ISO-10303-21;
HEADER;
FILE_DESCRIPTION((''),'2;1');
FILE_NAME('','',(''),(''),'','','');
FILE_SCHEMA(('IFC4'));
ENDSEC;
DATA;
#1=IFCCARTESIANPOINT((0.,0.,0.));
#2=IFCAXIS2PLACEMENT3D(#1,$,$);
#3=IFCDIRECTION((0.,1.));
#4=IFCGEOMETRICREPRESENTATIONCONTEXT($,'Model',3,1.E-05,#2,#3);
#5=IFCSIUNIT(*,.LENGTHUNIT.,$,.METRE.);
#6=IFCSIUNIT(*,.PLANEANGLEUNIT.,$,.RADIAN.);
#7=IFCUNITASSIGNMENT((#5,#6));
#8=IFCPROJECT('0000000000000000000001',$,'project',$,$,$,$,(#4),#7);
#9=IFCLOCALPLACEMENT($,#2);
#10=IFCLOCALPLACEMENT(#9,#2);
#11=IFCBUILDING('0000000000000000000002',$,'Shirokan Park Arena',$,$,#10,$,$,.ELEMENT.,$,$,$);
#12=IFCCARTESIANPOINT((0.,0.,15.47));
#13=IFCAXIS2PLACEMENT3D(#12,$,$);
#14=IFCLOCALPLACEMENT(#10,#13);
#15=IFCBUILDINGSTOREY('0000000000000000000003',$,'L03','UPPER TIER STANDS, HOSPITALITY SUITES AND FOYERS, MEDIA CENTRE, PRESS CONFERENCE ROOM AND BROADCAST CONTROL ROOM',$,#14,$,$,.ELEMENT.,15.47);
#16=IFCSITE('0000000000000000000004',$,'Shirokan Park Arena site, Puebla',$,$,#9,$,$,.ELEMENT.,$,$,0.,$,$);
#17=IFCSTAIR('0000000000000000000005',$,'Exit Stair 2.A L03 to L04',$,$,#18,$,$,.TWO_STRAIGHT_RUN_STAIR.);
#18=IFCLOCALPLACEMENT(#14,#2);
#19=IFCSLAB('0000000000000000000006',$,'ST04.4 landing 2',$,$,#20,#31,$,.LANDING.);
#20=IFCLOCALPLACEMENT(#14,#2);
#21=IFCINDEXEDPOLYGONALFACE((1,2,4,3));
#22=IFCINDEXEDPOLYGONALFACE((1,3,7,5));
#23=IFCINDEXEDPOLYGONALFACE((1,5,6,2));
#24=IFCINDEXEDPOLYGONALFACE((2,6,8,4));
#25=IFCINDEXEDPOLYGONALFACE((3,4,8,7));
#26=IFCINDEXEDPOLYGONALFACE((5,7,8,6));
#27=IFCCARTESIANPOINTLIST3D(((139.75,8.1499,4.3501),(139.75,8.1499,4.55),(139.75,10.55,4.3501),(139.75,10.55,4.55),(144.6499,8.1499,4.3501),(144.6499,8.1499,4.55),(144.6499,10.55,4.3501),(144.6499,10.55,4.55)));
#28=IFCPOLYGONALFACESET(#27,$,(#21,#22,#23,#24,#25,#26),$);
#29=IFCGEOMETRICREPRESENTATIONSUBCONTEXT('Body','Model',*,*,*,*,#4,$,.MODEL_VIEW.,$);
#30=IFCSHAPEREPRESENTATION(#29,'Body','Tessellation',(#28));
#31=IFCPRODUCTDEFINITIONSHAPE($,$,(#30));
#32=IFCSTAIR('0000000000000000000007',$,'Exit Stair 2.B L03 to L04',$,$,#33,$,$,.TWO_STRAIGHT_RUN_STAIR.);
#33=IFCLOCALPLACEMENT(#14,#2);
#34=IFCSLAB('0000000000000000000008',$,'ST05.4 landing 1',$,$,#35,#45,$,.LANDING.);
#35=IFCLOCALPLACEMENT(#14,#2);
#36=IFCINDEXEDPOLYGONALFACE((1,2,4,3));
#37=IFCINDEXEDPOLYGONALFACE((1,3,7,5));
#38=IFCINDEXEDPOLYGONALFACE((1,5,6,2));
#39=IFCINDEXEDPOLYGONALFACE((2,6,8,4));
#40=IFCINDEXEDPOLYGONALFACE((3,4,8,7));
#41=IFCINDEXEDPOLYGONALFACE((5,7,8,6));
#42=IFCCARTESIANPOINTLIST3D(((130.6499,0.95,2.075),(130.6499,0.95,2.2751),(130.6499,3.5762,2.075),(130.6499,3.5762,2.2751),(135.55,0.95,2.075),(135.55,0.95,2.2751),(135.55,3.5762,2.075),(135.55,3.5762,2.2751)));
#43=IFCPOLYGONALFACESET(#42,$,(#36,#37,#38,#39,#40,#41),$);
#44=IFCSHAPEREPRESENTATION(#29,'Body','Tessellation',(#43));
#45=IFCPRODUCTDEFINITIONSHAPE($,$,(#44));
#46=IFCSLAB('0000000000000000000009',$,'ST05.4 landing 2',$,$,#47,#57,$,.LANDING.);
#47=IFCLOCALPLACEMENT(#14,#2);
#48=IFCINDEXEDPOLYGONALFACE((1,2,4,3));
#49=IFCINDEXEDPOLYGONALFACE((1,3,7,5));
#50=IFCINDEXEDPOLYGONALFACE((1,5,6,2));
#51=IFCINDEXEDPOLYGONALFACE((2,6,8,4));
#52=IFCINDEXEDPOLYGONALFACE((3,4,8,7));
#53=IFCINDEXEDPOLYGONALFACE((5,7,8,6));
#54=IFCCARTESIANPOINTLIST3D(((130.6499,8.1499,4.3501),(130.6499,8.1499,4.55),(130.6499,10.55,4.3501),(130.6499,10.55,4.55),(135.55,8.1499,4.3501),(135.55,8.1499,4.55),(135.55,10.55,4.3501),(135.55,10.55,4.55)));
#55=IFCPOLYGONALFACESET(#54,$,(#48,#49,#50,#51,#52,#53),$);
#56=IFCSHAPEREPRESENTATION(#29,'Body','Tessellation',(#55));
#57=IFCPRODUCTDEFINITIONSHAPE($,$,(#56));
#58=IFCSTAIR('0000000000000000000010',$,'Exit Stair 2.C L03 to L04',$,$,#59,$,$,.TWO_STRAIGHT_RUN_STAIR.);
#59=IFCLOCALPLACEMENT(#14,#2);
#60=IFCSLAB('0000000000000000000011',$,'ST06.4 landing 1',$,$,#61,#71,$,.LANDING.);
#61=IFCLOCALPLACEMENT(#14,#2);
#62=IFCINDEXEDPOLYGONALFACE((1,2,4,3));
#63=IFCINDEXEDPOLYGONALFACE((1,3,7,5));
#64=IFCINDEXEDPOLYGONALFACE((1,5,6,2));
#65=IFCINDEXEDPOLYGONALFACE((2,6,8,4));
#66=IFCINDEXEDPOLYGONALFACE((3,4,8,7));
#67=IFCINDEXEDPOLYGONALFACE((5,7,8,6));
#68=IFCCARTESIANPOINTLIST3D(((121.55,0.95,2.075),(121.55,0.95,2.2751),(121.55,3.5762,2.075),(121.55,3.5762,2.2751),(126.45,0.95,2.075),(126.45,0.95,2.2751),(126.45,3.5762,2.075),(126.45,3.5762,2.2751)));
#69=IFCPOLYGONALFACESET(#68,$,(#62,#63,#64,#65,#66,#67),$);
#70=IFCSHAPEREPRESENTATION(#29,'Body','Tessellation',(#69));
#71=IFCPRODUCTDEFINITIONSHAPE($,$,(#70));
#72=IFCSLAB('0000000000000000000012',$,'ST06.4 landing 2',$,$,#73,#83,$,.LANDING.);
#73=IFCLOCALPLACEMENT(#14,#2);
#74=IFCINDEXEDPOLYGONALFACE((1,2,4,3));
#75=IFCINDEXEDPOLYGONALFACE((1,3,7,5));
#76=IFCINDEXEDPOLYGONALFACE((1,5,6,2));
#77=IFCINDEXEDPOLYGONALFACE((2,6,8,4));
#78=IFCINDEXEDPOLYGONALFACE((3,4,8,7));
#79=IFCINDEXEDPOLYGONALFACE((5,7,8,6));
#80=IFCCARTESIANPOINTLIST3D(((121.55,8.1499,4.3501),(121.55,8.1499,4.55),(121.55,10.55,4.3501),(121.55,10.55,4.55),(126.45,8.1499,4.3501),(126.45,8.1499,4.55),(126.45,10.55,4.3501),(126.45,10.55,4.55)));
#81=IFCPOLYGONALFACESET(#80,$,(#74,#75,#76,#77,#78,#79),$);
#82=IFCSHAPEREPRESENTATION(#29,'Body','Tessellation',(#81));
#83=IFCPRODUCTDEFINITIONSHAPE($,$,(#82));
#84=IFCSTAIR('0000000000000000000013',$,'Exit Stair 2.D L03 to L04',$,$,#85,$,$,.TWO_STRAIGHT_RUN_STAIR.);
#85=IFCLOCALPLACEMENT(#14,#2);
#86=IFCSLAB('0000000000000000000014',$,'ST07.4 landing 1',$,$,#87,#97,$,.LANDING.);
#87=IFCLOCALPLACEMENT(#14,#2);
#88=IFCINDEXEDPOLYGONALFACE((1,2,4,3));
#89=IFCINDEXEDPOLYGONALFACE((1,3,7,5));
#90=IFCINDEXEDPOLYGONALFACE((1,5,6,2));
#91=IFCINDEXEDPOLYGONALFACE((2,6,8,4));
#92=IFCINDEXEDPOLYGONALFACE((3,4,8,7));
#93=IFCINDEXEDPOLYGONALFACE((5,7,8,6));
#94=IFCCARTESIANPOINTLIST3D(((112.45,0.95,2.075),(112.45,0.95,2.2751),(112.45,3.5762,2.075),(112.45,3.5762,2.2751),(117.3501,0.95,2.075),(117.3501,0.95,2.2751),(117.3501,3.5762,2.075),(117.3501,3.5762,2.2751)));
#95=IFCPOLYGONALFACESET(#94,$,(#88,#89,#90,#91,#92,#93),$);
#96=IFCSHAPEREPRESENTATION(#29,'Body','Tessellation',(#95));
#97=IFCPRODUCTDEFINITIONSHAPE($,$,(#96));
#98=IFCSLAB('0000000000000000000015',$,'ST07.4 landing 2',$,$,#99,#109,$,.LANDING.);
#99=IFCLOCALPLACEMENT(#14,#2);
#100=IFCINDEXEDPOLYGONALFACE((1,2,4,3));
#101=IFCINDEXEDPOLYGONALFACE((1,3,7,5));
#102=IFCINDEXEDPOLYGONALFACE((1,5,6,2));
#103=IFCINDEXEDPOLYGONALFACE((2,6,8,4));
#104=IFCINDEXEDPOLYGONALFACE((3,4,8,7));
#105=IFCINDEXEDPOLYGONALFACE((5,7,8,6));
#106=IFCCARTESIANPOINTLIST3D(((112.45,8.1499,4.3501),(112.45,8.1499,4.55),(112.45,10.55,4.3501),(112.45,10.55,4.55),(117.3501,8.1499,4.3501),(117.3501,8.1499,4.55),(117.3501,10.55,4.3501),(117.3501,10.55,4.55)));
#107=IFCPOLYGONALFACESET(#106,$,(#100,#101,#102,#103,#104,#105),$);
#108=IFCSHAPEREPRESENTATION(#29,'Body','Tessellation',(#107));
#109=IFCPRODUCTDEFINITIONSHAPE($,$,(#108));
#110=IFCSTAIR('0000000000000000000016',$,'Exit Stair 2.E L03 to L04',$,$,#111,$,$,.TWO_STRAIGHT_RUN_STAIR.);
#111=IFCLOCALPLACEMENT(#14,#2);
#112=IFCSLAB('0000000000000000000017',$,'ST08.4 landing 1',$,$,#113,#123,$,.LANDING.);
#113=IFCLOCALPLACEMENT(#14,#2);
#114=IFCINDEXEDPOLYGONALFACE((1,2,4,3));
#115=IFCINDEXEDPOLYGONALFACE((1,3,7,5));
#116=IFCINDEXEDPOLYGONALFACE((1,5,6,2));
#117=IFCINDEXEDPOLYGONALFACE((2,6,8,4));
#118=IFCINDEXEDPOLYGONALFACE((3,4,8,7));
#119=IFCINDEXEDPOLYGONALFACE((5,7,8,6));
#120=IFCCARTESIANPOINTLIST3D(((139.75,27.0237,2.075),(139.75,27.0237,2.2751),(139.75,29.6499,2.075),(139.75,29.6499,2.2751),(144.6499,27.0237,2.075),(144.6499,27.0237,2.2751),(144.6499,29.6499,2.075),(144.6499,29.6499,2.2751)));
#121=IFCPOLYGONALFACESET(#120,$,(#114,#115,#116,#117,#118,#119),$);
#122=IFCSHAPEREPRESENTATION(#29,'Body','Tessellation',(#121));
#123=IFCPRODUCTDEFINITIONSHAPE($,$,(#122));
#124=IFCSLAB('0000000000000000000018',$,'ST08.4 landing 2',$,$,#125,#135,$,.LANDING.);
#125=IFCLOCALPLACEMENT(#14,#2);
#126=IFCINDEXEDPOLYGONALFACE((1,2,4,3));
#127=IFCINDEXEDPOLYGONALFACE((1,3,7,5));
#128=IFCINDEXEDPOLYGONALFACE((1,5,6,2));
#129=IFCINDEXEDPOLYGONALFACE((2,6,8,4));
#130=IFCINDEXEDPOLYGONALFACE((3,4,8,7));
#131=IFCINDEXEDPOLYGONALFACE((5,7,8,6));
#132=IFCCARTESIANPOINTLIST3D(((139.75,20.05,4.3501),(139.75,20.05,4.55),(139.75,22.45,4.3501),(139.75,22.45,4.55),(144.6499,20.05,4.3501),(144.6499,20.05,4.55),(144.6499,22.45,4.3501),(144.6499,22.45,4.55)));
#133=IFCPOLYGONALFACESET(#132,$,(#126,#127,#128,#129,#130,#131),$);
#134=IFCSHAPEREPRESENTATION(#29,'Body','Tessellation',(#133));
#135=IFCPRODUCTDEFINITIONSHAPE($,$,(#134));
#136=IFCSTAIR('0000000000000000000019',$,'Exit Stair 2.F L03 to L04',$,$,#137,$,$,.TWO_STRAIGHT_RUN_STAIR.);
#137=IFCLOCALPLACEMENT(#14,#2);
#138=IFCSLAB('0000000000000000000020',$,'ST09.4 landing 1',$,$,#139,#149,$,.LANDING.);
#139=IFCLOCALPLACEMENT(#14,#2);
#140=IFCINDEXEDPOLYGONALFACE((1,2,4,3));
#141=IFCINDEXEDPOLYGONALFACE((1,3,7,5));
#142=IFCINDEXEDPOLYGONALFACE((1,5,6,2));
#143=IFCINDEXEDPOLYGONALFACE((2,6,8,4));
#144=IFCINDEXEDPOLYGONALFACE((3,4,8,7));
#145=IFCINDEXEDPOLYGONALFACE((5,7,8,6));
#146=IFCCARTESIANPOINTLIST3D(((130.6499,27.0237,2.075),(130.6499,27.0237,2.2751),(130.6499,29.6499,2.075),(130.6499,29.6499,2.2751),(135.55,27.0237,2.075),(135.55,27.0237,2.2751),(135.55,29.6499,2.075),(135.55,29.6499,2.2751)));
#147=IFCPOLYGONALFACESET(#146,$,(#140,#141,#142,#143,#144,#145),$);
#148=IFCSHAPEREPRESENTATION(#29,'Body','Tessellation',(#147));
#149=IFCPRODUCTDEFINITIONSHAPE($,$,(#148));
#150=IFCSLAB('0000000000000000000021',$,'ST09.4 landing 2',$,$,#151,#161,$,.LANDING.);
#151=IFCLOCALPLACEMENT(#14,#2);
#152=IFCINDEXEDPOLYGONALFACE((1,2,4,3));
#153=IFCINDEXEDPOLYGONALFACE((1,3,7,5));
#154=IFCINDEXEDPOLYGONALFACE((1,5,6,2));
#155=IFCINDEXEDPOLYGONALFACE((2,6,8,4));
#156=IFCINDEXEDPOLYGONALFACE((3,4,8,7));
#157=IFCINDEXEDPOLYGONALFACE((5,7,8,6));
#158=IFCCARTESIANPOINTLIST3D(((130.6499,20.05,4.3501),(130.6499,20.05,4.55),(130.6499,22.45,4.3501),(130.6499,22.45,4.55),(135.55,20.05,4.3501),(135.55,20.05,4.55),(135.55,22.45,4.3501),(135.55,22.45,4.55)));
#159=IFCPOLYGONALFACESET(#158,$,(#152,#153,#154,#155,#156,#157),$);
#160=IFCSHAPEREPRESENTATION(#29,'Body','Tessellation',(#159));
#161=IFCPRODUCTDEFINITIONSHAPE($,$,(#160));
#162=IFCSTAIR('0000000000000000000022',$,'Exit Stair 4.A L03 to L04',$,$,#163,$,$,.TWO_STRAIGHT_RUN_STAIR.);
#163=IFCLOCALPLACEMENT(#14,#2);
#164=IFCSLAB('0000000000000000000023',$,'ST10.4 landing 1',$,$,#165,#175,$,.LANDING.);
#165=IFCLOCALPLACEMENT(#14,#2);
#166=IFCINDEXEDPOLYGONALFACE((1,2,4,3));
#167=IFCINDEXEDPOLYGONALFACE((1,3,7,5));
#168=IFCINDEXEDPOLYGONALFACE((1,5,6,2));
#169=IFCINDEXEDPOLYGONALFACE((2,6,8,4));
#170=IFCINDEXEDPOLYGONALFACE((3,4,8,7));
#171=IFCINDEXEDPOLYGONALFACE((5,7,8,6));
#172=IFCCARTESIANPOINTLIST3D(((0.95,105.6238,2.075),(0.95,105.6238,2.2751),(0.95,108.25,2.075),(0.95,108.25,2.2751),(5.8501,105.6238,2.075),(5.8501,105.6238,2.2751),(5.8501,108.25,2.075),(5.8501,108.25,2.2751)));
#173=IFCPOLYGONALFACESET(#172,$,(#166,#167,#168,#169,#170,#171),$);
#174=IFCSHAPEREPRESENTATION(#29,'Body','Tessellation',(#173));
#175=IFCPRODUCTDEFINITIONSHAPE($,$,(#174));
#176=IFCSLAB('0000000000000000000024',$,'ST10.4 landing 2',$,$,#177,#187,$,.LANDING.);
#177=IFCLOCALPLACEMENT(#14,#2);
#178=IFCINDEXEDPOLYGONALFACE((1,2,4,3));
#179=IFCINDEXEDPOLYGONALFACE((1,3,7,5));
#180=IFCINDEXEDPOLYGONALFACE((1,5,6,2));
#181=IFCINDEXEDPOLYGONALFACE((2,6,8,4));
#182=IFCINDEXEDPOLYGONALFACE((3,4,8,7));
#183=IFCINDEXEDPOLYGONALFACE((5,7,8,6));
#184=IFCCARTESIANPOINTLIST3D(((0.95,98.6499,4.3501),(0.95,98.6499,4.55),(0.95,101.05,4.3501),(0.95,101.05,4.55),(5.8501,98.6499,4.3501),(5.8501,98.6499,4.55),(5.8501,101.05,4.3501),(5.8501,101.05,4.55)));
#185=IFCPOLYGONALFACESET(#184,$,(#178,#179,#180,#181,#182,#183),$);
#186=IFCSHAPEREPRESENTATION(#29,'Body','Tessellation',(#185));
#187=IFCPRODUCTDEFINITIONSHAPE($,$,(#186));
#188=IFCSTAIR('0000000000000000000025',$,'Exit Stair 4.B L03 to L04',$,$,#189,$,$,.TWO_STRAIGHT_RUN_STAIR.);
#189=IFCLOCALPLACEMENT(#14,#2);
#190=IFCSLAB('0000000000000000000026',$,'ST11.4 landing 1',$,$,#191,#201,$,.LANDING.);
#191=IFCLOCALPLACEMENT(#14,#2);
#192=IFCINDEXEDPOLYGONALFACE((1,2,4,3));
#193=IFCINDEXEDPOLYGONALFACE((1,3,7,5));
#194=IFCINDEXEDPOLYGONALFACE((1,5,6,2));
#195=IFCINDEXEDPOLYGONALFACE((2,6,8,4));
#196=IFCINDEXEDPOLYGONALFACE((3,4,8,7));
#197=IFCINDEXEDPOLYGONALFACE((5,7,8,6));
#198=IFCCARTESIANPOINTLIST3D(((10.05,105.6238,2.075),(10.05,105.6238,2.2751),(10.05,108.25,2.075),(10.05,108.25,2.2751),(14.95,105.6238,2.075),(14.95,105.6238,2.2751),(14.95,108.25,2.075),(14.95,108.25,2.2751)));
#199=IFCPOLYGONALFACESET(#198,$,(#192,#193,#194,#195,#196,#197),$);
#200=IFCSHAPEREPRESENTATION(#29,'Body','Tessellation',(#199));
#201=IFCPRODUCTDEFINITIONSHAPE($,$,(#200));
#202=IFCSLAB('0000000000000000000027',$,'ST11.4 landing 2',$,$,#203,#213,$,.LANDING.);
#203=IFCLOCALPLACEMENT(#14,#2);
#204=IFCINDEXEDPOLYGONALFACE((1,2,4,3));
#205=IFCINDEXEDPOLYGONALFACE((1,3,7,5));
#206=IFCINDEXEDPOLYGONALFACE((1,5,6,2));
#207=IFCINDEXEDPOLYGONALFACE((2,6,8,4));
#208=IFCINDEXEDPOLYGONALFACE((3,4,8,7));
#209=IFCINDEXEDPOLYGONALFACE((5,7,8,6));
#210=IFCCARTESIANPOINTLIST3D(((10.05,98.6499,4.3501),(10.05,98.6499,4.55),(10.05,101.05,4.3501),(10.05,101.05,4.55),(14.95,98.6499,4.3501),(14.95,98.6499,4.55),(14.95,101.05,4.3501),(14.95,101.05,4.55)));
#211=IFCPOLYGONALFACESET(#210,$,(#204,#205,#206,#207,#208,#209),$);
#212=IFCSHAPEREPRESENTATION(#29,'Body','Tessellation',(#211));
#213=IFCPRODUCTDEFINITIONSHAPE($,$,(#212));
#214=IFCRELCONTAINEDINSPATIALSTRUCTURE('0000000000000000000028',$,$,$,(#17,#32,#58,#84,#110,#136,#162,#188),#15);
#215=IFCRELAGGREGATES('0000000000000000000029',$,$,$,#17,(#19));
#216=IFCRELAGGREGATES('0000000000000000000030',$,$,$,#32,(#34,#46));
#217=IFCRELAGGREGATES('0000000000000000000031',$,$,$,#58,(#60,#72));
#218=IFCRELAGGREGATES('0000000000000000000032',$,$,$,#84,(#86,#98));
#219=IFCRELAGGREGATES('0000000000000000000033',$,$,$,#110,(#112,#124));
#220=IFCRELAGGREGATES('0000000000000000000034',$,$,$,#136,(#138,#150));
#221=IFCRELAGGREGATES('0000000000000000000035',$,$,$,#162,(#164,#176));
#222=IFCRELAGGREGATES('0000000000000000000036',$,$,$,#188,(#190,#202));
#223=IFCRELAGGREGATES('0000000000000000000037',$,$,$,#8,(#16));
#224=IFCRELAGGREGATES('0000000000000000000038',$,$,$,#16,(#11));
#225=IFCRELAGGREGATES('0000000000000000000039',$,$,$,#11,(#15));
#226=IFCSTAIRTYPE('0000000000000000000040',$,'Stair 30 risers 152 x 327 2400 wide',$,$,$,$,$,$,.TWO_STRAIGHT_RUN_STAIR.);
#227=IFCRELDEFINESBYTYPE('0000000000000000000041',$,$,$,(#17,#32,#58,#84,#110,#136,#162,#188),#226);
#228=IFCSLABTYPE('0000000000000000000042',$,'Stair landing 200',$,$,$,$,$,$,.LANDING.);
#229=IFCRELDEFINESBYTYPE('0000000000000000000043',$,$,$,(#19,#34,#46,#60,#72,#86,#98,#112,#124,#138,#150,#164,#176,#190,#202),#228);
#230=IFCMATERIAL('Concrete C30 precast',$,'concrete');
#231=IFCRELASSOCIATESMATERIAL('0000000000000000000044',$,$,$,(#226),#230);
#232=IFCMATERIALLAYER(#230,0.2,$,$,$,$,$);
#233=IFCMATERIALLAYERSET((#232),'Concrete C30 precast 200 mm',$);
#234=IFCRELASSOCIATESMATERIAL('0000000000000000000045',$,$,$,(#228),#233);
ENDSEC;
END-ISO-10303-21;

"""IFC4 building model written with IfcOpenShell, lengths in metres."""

from ifc_helpers import new_model, si_unit, direction, frame, origin, place, context, subcontext, project, spatial, polyline, outline, extrude, material, layer, layer_set, type_object, element, aggregate, save


model = new_model("IFC4")

# Units and contexts
model_context = context("Model", 3, precision=1e-05, world=origin(), true_north=direction((0.0, 1.0)))
body_context = subcontext(model_context, "Body", "Model", "MODEL_VIEW")
ifc_project = project(units=[si_unit("LENGTHUNIT", "METRE"), si_unit("PLANEANGLEUNIT", "RADIAN")], contexts=[model_context])

# Site, building, storey
site_placement = place(None, origin())
site = spatial("IfcSite", under=ifc_project, at=site_placement, Name="Shirokan Park Arena site, Puebla", CompositionType="ELEMENT", RefElevation=0.0)
building_placement = place(site_placement, origin())
building = spatial("IfcBuilding", under=site, at=building_placement, Name="Shirokan Park Arena", CompositionType="ELEMENT")
storey_placement = place(building_placement, frame((0.0, 0.0, 15.47)))
storey = spatial("IfcBuildingStorey", under=building, at=storey_placement, Name="L03", Description="UPPER TIER STANDS, HOSPITALITY SUITES AND FOYERS, MEDIA CENTRE, PRESS CONFERENCE ROOM AND BROADCAST CONTROL ROOM", CompositionType="ELEMENT", Elevation=15.47)

# Stair, slab
ifc_material_1 = material(Name="Concrete C30 precast", Category="concrete")
stair_type = type_object("IfcStairType", Name="Stair 30 risers 152 x 327 2400 wide", PredefinedType="TWO_STRAIGHT_RUN_STAIR", material=ifc_material_1)
stair_1_placement = place(storey_placement, origin())
stair_1 = element("IfcStair", 1, at=stair_1_placement, inside=storey, type_object=stair_type, Name="Exit Stair 2.A L03 to L04", PredefinedType="TWO_STRAIGHT_RUN_STAIR")
ifc_layer = layer(ifc_material_1, 0.2)
ifc_layer_set = layer_set([ifc_layer], Name="Concrete C30 precast 200 mm")
slab_type = type_object("IfcSlabType", Name="Stair landing 200", PredefinedType="LANDING", material=ifc_layer_set)
slab_1_placement = place(storey_placement, frame((0.0, 0.0, 4.3501)))
slab_1 = element("IfcSlab", 2, at=slab_1_placement, type_object=slab_type, Name="ST04.4 landing 2", PredefinedType="LANDING", context=body_context, shape_type="SweptSolid", body=[
    extrude(outline(polyline([(139.75, 8.1499), (144.6499, 8.1499), (144.6499, 10.55), (139.75, 10.55), (139.75, 8.1499)])), origin(), (0.0, 0.0, 1.0), 0.2),
])
aggregate(stair_1, [slab_1])

# Stairs, slabs
stair_2_placement = place(storey_placement, origin())
stair_2 = element("IfcStair", 3, at=stair_2_placement, inside=storey, type_object=stair_type, Name="Exit Stair 2.B L03 to L04", PredefinedType="TWO_STRAIGHT_RUN_STAIR")
slab_2_placement = place(storey_placement, frame((0.0, 0.0, 2.075)))
slab_2 = element("IfcSlab", 4, at=slab_2_placement, type_object=slab_type, Name="ST05.4 landing 1", PredefinedType="LANDING", context=body_context, shape_type="SweptSolid", body=[
    extrude(outline(polyline([(130.6499, 0.95), (135.55, 0.95), (135.55, 3.5762), (130.6499, 3.5762), (130.6499, 0.95)])), origin(), (0.0, 0.0, 1.0), 0.2002),
])
slab_3_placement = place(storey_placement, frame((0.0, 0.0, 4.3501)))
slab_3 = element("IfcSlab", 5, at=slab_3_placement, type_object=slab_type, Name="ST05.4 landing 2", PredefinedType="LANDING", context=body_context, shape_type="SweptSolid", body=[
    extrude(outline(polyline([(130.6499, 8.1499), (135.55, 8.1499), (135.55, 10.55), (130.6499, 10.55), (130.6499, 8.1499)])), origin(), (0.0, 0.0, 1.0), 0.2),
])
aggregate(stair_2, [slab_2, slab_3])
stair_3_placement = place(storey_placement, origin())
stair_3 = element("IfcStair", 6, at=stair_3_placement, inside=storey, type_object=stair_type, Name="Exit Stair 2.C L03 to L04", PredefinedType="TWO_STRAIGHT_RUN_STAIR")
slab_4_placement = place(storey_placement, frame((0.0, 0.0, 2.075)))
slab_4 = element("IfcSlab", 7, at=slab_4_placement, type_object=slab_type, Name="ST06.4 landing 1", PredefinedType="LANDING", context=body_context, shape_type="SweptSolid", body=[
    extrude(outline(polyline([(121.55, 0.95), (126.45, 0.95), (126.45, 3.5762), (121.55, 3.5762), (121.55, 0.95)])), origin(), (0.0, 0.0, 1.0), 0.2002),
])
slab_5_placement = place(storey_placement, frame((0.0, 0.0, 4.3501)))
slab_5 = element("IfcSlab", 8, at=slab_5_placement, type_object=slab_type, Name="ST06.4 landing 2", PredefinedType="LANDING", context=body_context, shape_type="SweptSolid", body=[
    extrude(outline(polyline([(121.55, 8.1499), (126.45, 8.1499), (126.45, 10.55), (121.55, 10.55), (121.55, 8.1499)])), origin(), (0.0, 0.0, 1.0), 0.2),
])
aggregate(stair_3, [slab_4, slab_5])
stair_4_placement = place(storey_placement, origin())
stair_4 = element("IfcStair", 9, at=stair_4_placement, inside=storey, type_object=stair_type, Name="Exit Stair 2.D L03 to L04", PredefinedType="TWO_STRAIGHT_RUN_STAIR")
slab_6_placement = place(storey_placement, frame((0.0, 0.0, 2.075)))
slab_6 = element("IfcSlab", 10, at=slab_6_placement, type_object=slab_type, Name="ST07.4 landing 1", PredefinedType="LANDING", context=body_context, shape_type="SweptSolid", body=[
    extrude(outline(polyline([(112.45, 0.95), (117.3501, 0.95), (117.3501, 3.5762), (112.45, 3.5762), (112.45, 0.95)])), origin(), (0.0, 0.0, 1.0), 0.2002),
])
slab_7_placement = place(storey_placement, frame((0.0, 0.0, 4.3501)))
slab_7 = element("IfcSlab", 11, at=slab_7_placement, type_object=slab_type, Name="ST07.4 landing 2", PredefinedType="LANDING", context=body_context, shape_type="SweptSolid", body=[
    extrude(outline(polyline([(112.45, 8.1499), (117.3501, 8.1499), (117.3501, 10.55), (112.45, 10.55), (112.45, 8.1499)])), origin(), (0.0, 0.0, 1.0), 0.2),
])
aggregate(stair_4, [slab_6, slab_7])
stair_5_placement = place(storey_placement, origin())
stair_5 = element("IfcStair", 12, at=stair_5_placement, inside=storey, type_object=stair_type, Name="Exit Stair 2.E L03 to L04", PredefinedType="TWO_STRAIGHT_RUN_STAIR")
slab_8_placement = place(storey_placement, frame((0.0, 0.0, 2.075)))
slab_8 = element("IfcSlab", 13, at=slab_8_placement, type_object=slab_type, Name="ST08.4 landing 1", PredefinedType="LANDING", context=body_context, shape_type="SweptSolid", body=[
    extrude(outline(polyline([(139.75, 27.0237), (144.6499, 27.0237), (144.6499, 29.6499), (139.75, 29.6499), (139.75, 27.0237)])), origin(), (0.0, 0.0, 1.0), 0.2002),
])
slab_9_placement = place(storey_placement, frame((0.0, 0.0, 4.3501)))
slab_9 = element("IfcSlab", 14, at=slab_9_placement, type_object=slab_type, Name="ST08.4 landing 2", PredefinedType="LANDING", context=body_context, shape_type="SweptSolid", body=[
    extrude(outline(polyline([(139.75, 20.05), (144.6499, 20.05), (144.6499, 22.45), (139.75, 22.45), (139.75, 20.05)])), origin(), (0.0, 0.0, 1.0), 0.2),
])
aggregate(stair_5, [slab_8, slab_9])
stair_6_placement = place(storey_placement, origin())
stair_6 = element("IfcStair", 15, at=stair_6_placement, inside=storey, type_object=stair_type, Name="Exit Stair 2.F L03 to L04", PredefinedType="TWO_STRAIGHT_RUN_STAIR")
slab_10_placement = place(storey_placement, frame((0.0, 0.0, 2.075)))
slab_10 = element("IfcSlab", 16, at=slab_10_placement, type_object=slab_type, Name="ST09.4 landing 1", PredefinedType="LANDING", context=body_context, shape_type="SweptSolid", body=[
    extrude(outline(polyline([(130.6499, 27.0237), (135.55, 27.0237), (135.55, 29.6499), (130.6499, 29.6499), (130.6499, 27.0237)])), origin(), (0.0, 0.0, 1.0), 0.2002),
])
slab_11_placement = place(storey_placement, frame((0.0, 0.0, 4.3501)))
slab_11 = element("IfcSlab", 17, at=slab_11_placement, type_object=slab_type, Name="ST09.4 landing 2", PredefinedType="LANDING", context=body_context, shape_type="SweptSolid", body=[
    extrude(outline(polyline([(130.6499, 20.05), (135.55, 20.05), (135.55, 22.45), (130.6499, 22.45), (130.6499, 20.05)])), origin(), (0.0, 0.0, 1.0), 0.2),
])
aggregate(stair_6, [slab_10, slab_11])
stair_7_placement = place(storey_placement, origin())
stair_7 = element("IfcStair", 18, at=stair_7_placement, inside=storey, type_object=stair_type, Name="Exit Stair 4.A L03 to L04", PredefinedType="TWO_STRAIGHT_RUN_STAIR")
slab_12_placement = place(storey_placement, frame((0.0, 0.0, 2.075)))
slab_12 = element("IfcSlab", 19, at=slab_12_placement, type_object=slab_type, Name="ST10.4 landing 1", PredefinedType="LANDING", context=body_context, shape_type="SweptSolid", body=[
    extrude(outline(polyline([(0.95, 105.6238), (5.8501, 105.6238), (5.8501, 108.25), (0.95, 108.25), (0.95, 105.6238)])), origin(), (0.0, 0.0, 1.0), 0.2002),
])
slab_13_placement = place(storey_placement, frame((0.0, 0.0, 4.3501)))
slab_13 = element("IfcSlab", 20, at=slab_13_placement, type_object=slab_type, Name="ST10.4 landing 2", PredefinedType="LANDING", context=body_context, shape_type="SweptSolid", body=[
    extrude(outline(polyline([(0.95, 98.6499), (5.8501, 98.6499), (5.8501, 101.05), (0.95, 101.05), (0.95, 98.6499)])), origin(), (0.0, 0.0, 1.0), 0.2),
])
aggregate(stair_7, [slab_12, slab_13])
stair_8_placement = place(storey_placement, origin())
stair_8 = element("IfcStair", 21, at=stair_8_placement, inside=storey, type_object=stair_type, Name="Exit Stair 4.B L03 to L04", PredefinedType="TWO_STRAIGHT_RUN_STAIR")
slab_14_placement = place(storey_placement, frame((0.0, 0.0, 2.075)))
slab_14 = element("IfcSlab", 22, at=slab_14_placement, type_object=slab_type, Name="ST11.4 landing 1", PredefinedType="LANDING", context=body_context, shape_type="SweptSolid", body=[
    extrude(outline(polyline([(10.05, 105.6238), (14.95, 105.6238), (14.95, 108.25), (10.05, 108.25), (10.05, 105.6238)])), origin(), (0.0, 0.0, 1.0), 0.2002),
])
slab_15_placement = place(storey_placement, frame((0.0, 0.0, 4.3501)))
slab_15 = element("IfcSlab", 23, at=slab_15_placement, type_object=slab_type, Name="ST11.4 landing 2", PredefinedType="LANDING", context=body_context, shape_type="SweptSolid", body=[
    extrude(outline(polyline([(10.05, 98.6499), (14.95, 98.6499), (14.95, 101.05), (10.05, 101.05), (10.05, 98.6499)])), origin(), (0.0, 0.0, 1.0), 0.2),
])
aggregate(stair_8, [slab_14, slab_15])

save(model, "model.ifc")
